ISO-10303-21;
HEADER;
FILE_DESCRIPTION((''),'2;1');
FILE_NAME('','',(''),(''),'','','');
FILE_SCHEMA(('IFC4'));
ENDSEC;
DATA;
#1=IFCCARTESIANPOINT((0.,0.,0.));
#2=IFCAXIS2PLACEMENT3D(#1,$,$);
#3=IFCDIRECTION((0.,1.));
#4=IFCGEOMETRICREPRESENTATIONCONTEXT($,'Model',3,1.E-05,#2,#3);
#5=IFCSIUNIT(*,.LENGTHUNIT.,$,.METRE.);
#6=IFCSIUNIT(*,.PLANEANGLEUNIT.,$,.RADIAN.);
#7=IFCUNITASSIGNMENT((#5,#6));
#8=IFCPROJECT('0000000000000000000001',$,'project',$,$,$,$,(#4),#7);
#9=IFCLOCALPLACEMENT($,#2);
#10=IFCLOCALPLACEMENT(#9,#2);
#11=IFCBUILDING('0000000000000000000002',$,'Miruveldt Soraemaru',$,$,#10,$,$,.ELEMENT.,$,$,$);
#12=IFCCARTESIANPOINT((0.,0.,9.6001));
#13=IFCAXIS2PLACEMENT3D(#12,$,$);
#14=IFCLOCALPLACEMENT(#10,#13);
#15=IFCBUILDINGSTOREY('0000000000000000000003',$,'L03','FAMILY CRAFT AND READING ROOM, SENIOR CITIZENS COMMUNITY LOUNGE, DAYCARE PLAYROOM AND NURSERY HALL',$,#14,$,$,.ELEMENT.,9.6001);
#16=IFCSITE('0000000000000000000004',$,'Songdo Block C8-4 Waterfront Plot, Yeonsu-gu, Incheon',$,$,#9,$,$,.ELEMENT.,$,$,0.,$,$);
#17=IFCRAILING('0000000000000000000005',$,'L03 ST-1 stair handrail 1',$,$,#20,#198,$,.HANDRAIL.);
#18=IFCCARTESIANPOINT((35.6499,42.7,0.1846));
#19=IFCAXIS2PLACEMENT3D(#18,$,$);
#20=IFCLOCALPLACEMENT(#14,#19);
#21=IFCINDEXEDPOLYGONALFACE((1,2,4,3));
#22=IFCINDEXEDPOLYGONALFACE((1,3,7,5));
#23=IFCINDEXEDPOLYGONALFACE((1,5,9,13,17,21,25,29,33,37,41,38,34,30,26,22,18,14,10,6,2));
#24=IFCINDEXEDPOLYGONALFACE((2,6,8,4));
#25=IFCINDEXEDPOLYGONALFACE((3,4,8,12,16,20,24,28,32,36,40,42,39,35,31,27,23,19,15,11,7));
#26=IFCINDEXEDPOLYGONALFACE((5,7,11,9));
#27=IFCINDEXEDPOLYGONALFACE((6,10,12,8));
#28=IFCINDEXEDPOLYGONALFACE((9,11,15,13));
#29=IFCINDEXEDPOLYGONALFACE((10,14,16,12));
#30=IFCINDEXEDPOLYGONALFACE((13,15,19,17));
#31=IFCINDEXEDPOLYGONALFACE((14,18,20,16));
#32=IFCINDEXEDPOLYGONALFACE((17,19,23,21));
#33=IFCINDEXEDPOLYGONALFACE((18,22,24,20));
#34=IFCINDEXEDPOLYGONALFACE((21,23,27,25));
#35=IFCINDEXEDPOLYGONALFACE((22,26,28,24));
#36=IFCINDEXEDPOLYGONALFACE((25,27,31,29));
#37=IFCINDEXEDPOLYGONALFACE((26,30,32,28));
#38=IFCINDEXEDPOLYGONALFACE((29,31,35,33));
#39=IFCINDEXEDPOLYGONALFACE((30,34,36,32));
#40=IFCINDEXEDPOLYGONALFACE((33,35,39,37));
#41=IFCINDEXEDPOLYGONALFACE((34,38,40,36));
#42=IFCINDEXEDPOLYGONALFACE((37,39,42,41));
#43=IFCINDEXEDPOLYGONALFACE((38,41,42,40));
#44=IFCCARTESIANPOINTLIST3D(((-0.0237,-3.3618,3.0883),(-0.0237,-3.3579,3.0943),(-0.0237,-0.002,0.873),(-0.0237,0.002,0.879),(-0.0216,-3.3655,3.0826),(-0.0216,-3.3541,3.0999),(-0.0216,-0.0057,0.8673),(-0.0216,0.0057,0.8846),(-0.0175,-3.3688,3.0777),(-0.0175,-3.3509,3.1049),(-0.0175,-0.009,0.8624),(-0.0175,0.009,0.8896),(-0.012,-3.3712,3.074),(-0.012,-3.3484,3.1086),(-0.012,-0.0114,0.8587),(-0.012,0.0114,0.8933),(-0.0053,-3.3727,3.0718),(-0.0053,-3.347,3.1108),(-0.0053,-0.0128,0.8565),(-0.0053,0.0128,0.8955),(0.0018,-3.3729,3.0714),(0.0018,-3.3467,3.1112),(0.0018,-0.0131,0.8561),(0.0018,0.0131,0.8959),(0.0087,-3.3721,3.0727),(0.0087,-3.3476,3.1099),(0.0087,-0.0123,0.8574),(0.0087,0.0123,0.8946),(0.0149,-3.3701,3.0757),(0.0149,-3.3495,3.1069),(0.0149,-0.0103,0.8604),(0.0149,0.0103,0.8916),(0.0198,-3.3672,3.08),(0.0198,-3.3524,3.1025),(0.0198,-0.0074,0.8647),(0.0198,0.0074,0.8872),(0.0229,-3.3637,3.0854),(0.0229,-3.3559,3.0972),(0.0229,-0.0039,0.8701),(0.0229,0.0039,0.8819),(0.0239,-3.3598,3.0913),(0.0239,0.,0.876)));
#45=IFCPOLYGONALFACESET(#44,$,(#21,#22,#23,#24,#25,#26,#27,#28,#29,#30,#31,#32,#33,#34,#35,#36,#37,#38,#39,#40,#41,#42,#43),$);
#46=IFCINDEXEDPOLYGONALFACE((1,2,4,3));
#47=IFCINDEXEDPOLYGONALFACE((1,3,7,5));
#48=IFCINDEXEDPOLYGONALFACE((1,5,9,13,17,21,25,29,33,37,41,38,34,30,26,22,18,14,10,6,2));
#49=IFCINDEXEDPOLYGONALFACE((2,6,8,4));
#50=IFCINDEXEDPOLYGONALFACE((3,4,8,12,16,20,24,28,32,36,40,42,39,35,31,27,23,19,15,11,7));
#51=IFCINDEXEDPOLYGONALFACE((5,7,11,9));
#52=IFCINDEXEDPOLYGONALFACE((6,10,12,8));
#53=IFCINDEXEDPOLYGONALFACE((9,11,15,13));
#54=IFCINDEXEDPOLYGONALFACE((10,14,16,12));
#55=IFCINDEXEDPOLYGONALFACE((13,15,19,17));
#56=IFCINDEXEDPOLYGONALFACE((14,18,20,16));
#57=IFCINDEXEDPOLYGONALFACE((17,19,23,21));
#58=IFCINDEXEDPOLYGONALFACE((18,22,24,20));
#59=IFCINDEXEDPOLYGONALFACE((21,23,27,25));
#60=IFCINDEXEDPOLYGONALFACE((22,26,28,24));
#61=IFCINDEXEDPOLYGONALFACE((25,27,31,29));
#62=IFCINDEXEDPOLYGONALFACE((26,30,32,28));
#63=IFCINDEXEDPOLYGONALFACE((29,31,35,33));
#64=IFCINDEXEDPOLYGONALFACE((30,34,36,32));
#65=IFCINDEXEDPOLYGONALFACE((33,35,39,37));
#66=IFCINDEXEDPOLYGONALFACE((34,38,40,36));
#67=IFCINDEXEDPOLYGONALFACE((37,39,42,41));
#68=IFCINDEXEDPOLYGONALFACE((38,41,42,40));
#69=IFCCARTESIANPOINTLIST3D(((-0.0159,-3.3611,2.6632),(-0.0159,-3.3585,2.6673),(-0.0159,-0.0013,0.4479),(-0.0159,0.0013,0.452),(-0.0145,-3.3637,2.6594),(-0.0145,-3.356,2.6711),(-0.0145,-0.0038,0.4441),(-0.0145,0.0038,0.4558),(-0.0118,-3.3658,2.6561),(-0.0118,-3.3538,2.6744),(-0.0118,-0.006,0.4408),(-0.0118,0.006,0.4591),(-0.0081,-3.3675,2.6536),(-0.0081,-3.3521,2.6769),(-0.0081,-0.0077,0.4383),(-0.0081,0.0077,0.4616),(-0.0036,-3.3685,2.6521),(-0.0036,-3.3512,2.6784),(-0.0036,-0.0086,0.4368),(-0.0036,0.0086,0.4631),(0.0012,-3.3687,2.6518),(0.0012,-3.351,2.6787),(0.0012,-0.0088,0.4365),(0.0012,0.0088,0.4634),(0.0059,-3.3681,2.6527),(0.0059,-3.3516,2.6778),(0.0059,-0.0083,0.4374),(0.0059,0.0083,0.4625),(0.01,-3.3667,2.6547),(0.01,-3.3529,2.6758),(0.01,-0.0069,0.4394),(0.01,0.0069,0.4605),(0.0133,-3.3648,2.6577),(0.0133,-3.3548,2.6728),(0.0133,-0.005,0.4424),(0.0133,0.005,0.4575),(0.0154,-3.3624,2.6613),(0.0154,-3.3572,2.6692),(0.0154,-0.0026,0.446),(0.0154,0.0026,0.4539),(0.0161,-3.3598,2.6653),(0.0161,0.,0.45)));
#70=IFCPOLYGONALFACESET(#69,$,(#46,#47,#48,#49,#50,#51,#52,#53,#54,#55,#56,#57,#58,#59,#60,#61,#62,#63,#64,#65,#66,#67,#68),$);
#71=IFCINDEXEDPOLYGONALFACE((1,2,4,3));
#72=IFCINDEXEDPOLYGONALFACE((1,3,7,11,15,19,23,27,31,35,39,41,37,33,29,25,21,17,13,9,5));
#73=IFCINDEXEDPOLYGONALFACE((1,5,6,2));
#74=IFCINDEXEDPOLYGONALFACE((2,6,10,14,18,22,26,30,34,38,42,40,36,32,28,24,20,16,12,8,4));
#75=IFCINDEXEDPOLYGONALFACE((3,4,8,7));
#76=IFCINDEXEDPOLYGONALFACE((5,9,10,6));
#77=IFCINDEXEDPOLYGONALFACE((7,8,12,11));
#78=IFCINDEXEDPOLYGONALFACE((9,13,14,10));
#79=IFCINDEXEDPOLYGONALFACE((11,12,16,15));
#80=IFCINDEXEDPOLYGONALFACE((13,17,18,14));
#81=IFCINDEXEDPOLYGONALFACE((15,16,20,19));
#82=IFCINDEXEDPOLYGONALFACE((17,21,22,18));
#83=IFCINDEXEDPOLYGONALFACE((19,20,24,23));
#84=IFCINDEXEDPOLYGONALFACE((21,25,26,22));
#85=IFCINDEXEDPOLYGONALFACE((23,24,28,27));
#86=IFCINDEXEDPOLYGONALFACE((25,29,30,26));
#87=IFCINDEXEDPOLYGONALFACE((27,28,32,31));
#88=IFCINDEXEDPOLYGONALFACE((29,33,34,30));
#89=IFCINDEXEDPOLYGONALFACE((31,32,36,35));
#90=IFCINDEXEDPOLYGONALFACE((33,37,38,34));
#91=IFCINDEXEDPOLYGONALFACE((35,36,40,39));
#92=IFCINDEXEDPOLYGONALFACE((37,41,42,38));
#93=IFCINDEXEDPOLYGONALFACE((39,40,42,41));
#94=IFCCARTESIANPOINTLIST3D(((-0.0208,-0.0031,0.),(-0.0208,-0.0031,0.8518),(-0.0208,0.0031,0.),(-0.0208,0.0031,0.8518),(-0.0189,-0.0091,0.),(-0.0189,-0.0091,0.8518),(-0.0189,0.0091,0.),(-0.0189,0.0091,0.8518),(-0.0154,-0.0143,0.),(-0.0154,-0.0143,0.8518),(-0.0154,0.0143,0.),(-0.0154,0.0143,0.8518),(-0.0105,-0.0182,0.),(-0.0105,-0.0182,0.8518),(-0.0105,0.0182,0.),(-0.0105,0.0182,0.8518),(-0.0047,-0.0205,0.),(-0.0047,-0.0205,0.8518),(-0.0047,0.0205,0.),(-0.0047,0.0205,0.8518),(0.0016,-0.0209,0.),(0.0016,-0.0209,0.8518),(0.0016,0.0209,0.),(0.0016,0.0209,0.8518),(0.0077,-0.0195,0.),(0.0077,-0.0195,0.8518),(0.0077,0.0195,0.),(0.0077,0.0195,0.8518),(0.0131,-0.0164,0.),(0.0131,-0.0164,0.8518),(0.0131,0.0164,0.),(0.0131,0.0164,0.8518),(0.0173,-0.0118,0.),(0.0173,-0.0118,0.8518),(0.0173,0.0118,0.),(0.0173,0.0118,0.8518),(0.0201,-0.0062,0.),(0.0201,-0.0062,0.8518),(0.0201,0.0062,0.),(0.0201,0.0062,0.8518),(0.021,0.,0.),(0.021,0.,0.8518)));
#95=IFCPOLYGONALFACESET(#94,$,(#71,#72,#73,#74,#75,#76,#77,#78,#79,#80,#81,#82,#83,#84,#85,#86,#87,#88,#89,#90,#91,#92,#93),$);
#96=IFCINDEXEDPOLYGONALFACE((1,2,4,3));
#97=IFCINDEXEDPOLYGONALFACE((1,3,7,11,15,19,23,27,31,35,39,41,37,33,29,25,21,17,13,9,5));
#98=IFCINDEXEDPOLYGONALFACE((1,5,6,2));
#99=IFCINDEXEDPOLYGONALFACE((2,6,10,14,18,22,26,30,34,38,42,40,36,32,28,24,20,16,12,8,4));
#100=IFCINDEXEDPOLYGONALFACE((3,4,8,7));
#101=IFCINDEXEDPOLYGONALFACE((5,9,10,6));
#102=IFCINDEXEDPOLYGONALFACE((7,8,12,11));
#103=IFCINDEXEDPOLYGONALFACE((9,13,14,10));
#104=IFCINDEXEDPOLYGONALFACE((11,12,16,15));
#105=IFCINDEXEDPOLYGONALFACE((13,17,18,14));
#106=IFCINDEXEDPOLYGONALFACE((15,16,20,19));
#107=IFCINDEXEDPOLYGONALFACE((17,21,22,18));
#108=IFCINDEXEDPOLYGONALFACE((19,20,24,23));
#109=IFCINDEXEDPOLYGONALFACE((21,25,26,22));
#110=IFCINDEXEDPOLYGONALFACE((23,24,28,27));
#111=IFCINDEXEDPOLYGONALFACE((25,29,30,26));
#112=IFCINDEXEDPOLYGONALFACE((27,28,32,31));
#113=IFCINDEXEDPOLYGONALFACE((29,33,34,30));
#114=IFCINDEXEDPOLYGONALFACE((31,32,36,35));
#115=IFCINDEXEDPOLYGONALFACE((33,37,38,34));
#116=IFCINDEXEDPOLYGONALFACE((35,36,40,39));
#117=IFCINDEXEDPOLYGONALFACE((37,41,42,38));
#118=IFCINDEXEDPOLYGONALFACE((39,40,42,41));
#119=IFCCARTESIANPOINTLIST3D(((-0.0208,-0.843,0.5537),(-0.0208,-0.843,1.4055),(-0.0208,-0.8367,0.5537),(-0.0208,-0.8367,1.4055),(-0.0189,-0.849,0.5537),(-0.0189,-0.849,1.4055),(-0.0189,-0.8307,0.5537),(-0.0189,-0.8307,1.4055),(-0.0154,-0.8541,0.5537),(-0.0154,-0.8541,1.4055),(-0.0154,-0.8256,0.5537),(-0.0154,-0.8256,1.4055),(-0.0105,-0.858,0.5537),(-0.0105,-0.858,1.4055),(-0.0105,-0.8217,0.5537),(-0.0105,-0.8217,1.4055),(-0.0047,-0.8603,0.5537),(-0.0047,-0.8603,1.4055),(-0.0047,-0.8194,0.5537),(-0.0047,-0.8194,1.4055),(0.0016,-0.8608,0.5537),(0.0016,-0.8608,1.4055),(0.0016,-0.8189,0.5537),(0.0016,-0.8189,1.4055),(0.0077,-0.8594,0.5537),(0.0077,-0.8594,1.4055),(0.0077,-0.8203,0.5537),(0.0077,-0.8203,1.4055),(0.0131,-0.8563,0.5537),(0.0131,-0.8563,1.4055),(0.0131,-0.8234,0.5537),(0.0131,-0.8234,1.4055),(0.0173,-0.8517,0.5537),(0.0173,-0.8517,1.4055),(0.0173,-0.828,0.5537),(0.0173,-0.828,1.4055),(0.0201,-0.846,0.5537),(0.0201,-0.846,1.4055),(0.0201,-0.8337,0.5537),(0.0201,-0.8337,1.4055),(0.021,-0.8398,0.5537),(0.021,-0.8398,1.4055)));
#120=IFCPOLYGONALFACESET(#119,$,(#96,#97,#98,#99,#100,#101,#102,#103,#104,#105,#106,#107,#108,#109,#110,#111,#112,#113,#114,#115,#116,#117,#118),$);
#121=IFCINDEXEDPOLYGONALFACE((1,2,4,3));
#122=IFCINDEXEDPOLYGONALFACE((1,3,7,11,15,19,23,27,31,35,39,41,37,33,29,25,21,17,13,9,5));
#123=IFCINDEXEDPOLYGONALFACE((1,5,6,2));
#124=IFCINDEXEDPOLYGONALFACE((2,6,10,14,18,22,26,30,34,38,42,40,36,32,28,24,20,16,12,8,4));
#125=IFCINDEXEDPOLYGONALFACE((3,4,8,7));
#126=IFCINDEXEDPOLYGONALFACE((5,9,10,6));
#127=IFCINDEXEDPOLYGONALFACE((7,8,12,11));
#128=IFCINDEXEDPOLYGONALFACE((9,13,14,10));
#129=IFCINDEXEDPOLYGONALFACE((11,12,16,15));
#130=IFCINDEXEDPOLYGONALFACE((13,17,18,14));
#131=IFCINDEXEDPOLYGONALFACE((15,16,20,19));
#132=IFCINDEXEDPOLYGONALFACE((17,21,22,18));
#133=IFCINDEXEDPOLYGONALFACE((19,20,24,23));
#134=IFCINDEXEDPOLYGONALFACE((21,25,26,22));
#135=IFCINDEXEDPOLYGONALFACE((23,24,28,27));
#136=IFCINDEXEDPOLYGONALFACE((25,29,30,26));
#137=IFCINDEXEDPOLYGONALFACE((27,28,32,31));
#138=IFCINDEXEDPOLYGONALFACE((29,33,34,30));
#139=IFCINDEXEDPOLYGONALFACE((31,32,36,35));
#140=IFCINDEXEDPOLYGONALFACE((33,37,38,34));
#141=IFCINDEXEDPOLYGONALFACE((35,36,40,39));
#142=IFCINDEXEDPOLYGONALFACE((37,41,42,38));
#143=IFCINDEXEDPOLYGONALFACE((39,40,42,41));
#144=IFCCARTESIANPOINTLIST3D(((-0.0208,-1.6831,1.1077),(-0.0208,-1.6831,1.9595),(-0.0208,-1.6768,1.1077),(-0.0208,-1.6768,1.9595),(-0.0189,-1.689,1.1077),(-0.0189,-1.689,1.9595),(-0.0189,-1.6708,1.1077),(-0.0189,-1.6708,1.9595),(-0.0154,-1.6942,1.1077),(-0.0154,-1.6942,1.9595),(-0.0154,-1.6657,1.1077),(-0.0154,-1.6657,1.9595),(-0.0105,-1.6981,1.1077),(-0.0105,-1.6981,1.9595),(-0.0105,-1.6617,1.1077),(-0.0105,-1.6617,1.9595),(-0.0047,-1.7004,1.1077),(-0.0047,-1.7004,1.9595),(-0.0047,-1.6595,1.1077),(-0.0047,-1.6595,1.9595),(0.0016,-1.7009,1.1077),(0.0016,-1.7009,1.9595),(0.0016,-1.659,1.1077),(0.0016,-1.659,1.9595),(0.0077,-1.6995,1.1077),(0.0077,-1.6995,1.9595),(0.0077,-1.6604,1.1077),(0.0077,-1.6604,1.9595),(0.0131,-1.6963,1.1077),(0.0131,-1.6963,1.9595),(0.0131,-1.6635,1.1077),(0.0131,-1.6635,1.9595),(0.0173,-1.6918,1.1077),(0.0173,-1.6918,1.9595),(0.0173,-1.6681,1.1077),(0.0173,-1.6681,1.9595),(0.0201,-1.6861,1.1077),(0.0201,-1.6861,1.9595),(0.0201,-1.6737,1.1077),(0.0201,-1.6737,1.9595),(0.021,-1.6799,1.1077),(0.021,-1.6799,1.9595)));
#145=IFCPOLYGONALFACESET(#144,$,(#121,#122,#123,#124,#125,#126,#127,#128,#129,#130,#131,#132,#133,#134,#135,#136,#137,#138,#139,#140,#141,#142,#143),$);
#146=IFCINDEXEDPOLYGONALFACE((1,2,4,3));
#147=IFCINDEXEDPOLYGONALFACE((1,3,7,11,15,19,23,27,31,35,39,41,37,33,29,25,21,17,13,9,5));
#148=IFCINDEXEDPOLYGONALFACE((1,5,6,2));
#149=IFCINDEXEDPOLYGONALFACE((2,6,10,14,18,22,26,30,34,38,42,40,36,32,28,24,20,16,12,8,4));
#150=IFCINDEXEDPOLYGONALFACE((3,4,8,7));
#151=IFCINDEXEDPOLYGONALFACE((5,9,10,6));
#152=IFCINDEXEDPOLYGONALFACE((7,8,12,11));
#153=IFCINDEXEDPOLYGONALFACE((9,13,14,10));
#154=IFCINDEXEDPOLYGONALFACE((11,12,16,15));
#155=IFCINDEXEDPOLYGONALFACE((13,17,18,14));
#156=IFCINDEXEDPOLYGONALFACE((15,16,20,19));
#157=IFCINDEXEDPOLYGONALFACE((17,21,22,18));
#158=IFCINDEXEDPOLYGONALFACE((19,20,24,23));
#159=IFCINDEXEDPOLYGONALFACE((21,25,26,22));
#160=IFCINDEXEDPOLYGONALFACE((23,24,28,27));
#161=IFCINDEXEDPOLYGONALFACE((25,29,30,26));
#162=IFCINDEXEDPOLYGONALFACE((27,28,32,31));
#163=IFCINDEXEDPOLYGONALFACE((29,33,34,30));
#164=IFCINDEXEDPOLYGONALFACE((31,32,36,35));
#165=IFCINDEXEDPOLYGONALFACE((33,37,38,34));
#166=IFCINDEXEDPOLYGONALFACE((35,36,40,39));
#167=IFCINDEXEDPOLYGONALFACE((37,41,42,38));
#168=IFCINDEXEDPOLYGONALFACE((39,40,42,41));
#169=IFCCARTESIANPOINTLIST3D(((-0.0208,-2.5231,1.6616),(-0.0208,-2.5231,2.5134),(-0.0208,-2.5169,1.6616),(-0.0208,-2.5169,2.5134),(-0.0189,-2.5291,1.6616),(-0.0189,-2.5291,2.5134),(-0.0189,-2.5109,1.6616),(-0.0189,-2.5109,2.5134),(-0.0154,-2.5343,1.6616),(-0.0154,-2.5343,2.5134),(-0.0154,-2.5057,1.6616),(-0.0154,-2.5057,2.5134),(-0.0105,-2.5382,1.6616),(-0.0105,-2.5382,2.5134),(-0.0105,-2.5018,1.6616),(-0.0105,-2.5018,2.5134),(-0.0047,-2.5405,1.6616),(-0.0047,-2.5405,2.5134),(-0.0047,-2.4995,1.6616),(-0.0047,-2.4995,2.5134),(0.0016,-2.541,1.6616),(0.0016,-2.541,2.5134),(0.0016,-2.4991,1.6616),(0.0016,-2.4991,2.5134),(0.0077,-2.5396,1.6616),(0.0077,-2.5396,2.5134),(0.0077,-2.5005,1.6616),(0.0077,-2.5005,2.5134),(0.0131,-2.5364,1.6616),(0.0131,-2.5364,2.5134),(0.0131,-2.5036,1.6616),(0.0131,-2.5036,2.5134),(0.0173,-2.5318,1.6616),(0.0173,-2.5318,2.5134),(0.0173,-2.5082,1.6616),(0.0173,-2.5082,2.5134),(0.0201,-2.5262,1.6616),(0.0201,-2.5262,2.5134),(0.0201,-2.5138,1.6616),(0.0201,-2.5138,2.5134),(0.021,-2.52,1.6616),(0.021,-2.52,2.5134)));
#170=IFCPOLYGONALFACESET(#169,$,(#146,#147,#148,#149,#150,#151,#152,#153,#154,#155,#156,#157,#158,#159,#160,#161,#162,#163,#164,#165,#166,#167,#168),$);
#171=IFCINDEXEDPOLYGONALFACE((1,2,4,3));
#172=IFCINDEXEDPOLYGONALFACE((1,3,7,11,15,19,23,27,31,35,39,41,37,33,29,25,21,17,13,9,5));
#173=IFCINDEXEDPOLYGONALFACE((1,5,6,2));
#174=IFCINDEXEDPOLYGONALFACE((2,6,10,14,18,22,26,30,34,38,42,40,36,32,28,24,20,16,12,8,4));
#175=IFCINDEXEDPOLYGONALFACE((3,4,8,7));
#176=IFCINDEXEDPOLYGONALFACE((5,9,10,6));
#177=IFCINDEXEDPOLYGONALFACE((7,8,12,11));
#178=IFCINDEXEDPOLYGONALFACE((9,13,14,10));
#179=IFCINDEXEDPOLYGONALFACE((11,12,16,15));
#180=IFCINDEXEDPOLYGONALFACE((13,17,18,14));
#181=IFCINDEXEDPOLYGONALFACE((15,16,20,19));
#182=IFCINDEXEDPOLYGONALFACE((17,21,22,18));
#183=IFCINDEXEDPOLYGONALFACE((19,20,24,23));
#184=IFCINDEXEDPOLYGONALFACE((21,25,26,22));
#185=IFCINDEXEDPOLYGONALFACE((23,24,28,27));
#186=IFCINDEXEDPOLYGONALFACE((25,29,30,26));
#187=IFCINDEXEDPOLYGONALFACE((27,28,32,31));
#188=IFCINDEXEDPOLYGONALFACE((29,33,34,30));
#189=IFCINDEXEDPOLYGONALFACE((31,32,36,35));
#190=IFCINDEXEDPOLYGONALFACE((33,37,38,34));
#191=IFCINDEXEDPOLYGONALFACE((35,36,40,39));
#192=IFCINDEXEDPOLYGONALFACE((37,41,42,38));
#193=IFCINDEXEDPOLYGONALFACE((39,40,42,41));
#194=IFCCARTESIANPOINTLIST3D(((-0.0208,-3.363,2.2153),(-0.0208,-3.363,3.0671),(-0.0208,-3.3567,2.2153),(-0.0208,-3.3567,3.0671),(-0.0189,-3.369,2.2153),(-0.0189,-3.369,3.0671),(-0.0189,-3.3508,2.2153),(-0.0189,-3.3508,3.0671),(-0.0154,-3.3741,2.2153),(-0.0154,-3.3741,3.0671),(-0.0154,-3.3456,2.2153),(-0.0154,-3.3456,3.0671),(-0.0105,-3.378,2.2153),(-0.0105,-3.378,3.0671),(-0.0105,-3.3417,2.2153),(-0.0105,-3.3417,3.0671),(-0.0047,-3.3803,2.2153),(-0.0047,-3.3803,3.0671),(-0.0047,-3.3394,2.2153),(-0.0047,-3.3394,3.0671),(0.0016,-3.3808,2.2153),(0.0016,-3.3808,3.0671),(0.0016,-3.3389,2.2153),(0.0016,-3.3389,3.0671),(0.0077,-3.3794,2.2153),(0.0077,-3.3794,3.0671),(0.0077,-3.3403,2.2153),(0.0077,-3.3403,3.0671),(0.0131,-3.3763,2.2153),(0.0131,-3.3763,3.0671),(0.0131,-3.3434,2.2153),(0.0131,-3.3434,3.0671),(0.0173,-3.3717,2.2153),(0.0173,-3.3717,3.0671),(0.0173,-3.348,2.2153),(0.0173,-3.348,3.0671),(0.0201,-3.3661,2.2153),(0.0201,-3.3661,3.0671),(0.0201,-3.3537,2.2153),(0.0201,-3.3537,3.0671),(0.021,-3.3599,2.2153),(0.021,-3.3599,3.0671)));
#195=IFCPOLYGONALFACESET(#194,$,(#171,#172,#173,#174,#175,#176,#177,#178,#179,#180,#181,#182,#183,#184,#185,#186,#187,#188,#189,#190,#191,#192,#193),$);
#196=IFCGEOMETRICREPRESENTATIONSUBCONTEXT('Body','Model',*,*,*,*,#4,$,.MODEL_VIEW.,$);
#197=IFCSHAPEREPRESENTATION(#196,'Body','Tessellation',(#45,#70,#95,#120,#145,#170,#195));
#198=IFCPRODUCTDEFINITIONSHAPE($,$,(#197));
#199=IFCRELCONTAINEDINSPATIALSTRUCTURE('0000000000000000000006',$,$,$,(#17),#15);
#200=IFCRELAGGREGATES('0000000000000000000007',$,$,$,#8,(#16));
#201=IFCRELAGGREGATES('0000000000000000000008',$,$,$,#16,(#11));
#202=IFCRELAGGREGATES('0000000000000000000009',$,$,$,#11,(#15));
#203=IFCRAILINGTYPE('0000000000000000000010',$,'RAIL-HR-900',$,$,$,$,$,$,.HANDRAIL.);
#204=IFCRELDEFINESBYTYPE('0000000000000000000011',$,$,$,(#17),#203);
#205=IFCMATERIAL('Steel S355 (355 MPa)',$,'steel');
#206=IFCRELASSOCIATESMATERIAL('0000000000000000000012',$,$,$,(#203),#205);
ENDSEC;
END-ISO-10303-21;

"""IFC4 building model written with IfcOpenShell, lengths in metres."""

from ifc_helpers import new_model, si_unit, direction, frame, origin, origin_2d, place, context, subcontext, project, spatial, circle, extrude, material, type_object, element, save


model = new_model("IFC4")

# Units and contexts
model_context = context("Model", 3, precision=1e-05, world=origin(), true_north=direction((0.0, 1.0)))
body_context = subcontext(model_context, "Body", "Model", "MODEL_VIEW")
ifc_project = project(units=[si_unit("LENGTHUNIT", "METRE"), si_unit("PLANEANGLEUNIT", "RADIAN")], contexts=[model_context])

# Site, building, storey
site_placement = place(None, origin())
site = spatial("IfcSite", under=ifc_project, at=site_placement, Name="Songdo Block C8-4 Waterfront Plot, Yeonsu-gu, Incheon", CompositionType="ELEMENT", RefElevation=0.0)
building_placement = place(site_placement, origin())
building = spatial("IfcBuilding", under=site, at=building_placement, Name="Miruveldt Soraemaru", CompositionType="ELEMENT")
storey_placement = place(building_placement, frame((0.0, 0.0, 9.6001)))
storey = spatial("IfcBuildingStorey", under=building, at=storey_placement, Name="L03", Description="FAMILY CRAFT AND READING ROOM, SENIOR CITIZENS COMMUNITY LOUNGE, DAYCARE PLAYROOM AND NURSERY HALL", CompositionType="ELEMENT", Elevation=9.6001)

# Railing
ifc_material_1 = material(Name="Steel S355 (355 MPa)", Category="steel")
railing_type_1 = type_object("IfcRailingType", Name="RAIL-HR-900", PredefinedType="HANDRAIL", material=ifc_material_1)
railing_1_placement = place(storey_placement, frame((35.6499, 42.7, 0.1846)))
element("IfcRailing", 1, at=railing_1_placement, inside=storey, type_object=railing_type_1, Name="L03 ST-1 stair handrail 1", PredefinedType="HANDRAIL", context=body_context, shape_type="SweptSolid", body=[
    extrude(circle(Radius=0.0239, at=origin_2d()), frame((0.0, 0.0, 0.876), z_axis=(0.0, -0.834858, 0.550465), x_axis=(1.0, 0.0, 0.0)), (0.0, 0.0, 1.0), 4.0244),
    extrude(circle(Radius=0.0161, at=origin_2d()), frame((0.0, 0.0, 0.45), z_axis=(0.0, -0.834858, 0.550465), x_axis=(1.0, 0.0, 0.0)), (0.0, 0.0, 1.0), 4.0244),
    extrude(circle(Radius=0.021, at=origin_2d()), origin(), (0.0, 0.0, 1.0), 0.8518),
    extrude(circle(Radius=0.021, at=origin_2d()), frame((0.0, -0.8398, 0.5537)), (0.0, 0.0, 1.0), 0.8518),
    extrude(circle(Radius=0.021, at=origin_2d()), frame((0.0, -1.6799, 1.1077)), (0.0, 0.0, 1.0), 0.8518),
    extrude(circle(Radius=0.021, at=origin_2d()), frame((0.0, -2.52, 1.6616)), (0.0, 0.0, 1.0), 0.8518),
    extrude(circle(Radius=0.021, at=origin_2d()), frame((0.0, -3.3599, 2.2153)), (0.0, 0.0, 1.0), 0.8518),
])

save(model, "model.ifc")
